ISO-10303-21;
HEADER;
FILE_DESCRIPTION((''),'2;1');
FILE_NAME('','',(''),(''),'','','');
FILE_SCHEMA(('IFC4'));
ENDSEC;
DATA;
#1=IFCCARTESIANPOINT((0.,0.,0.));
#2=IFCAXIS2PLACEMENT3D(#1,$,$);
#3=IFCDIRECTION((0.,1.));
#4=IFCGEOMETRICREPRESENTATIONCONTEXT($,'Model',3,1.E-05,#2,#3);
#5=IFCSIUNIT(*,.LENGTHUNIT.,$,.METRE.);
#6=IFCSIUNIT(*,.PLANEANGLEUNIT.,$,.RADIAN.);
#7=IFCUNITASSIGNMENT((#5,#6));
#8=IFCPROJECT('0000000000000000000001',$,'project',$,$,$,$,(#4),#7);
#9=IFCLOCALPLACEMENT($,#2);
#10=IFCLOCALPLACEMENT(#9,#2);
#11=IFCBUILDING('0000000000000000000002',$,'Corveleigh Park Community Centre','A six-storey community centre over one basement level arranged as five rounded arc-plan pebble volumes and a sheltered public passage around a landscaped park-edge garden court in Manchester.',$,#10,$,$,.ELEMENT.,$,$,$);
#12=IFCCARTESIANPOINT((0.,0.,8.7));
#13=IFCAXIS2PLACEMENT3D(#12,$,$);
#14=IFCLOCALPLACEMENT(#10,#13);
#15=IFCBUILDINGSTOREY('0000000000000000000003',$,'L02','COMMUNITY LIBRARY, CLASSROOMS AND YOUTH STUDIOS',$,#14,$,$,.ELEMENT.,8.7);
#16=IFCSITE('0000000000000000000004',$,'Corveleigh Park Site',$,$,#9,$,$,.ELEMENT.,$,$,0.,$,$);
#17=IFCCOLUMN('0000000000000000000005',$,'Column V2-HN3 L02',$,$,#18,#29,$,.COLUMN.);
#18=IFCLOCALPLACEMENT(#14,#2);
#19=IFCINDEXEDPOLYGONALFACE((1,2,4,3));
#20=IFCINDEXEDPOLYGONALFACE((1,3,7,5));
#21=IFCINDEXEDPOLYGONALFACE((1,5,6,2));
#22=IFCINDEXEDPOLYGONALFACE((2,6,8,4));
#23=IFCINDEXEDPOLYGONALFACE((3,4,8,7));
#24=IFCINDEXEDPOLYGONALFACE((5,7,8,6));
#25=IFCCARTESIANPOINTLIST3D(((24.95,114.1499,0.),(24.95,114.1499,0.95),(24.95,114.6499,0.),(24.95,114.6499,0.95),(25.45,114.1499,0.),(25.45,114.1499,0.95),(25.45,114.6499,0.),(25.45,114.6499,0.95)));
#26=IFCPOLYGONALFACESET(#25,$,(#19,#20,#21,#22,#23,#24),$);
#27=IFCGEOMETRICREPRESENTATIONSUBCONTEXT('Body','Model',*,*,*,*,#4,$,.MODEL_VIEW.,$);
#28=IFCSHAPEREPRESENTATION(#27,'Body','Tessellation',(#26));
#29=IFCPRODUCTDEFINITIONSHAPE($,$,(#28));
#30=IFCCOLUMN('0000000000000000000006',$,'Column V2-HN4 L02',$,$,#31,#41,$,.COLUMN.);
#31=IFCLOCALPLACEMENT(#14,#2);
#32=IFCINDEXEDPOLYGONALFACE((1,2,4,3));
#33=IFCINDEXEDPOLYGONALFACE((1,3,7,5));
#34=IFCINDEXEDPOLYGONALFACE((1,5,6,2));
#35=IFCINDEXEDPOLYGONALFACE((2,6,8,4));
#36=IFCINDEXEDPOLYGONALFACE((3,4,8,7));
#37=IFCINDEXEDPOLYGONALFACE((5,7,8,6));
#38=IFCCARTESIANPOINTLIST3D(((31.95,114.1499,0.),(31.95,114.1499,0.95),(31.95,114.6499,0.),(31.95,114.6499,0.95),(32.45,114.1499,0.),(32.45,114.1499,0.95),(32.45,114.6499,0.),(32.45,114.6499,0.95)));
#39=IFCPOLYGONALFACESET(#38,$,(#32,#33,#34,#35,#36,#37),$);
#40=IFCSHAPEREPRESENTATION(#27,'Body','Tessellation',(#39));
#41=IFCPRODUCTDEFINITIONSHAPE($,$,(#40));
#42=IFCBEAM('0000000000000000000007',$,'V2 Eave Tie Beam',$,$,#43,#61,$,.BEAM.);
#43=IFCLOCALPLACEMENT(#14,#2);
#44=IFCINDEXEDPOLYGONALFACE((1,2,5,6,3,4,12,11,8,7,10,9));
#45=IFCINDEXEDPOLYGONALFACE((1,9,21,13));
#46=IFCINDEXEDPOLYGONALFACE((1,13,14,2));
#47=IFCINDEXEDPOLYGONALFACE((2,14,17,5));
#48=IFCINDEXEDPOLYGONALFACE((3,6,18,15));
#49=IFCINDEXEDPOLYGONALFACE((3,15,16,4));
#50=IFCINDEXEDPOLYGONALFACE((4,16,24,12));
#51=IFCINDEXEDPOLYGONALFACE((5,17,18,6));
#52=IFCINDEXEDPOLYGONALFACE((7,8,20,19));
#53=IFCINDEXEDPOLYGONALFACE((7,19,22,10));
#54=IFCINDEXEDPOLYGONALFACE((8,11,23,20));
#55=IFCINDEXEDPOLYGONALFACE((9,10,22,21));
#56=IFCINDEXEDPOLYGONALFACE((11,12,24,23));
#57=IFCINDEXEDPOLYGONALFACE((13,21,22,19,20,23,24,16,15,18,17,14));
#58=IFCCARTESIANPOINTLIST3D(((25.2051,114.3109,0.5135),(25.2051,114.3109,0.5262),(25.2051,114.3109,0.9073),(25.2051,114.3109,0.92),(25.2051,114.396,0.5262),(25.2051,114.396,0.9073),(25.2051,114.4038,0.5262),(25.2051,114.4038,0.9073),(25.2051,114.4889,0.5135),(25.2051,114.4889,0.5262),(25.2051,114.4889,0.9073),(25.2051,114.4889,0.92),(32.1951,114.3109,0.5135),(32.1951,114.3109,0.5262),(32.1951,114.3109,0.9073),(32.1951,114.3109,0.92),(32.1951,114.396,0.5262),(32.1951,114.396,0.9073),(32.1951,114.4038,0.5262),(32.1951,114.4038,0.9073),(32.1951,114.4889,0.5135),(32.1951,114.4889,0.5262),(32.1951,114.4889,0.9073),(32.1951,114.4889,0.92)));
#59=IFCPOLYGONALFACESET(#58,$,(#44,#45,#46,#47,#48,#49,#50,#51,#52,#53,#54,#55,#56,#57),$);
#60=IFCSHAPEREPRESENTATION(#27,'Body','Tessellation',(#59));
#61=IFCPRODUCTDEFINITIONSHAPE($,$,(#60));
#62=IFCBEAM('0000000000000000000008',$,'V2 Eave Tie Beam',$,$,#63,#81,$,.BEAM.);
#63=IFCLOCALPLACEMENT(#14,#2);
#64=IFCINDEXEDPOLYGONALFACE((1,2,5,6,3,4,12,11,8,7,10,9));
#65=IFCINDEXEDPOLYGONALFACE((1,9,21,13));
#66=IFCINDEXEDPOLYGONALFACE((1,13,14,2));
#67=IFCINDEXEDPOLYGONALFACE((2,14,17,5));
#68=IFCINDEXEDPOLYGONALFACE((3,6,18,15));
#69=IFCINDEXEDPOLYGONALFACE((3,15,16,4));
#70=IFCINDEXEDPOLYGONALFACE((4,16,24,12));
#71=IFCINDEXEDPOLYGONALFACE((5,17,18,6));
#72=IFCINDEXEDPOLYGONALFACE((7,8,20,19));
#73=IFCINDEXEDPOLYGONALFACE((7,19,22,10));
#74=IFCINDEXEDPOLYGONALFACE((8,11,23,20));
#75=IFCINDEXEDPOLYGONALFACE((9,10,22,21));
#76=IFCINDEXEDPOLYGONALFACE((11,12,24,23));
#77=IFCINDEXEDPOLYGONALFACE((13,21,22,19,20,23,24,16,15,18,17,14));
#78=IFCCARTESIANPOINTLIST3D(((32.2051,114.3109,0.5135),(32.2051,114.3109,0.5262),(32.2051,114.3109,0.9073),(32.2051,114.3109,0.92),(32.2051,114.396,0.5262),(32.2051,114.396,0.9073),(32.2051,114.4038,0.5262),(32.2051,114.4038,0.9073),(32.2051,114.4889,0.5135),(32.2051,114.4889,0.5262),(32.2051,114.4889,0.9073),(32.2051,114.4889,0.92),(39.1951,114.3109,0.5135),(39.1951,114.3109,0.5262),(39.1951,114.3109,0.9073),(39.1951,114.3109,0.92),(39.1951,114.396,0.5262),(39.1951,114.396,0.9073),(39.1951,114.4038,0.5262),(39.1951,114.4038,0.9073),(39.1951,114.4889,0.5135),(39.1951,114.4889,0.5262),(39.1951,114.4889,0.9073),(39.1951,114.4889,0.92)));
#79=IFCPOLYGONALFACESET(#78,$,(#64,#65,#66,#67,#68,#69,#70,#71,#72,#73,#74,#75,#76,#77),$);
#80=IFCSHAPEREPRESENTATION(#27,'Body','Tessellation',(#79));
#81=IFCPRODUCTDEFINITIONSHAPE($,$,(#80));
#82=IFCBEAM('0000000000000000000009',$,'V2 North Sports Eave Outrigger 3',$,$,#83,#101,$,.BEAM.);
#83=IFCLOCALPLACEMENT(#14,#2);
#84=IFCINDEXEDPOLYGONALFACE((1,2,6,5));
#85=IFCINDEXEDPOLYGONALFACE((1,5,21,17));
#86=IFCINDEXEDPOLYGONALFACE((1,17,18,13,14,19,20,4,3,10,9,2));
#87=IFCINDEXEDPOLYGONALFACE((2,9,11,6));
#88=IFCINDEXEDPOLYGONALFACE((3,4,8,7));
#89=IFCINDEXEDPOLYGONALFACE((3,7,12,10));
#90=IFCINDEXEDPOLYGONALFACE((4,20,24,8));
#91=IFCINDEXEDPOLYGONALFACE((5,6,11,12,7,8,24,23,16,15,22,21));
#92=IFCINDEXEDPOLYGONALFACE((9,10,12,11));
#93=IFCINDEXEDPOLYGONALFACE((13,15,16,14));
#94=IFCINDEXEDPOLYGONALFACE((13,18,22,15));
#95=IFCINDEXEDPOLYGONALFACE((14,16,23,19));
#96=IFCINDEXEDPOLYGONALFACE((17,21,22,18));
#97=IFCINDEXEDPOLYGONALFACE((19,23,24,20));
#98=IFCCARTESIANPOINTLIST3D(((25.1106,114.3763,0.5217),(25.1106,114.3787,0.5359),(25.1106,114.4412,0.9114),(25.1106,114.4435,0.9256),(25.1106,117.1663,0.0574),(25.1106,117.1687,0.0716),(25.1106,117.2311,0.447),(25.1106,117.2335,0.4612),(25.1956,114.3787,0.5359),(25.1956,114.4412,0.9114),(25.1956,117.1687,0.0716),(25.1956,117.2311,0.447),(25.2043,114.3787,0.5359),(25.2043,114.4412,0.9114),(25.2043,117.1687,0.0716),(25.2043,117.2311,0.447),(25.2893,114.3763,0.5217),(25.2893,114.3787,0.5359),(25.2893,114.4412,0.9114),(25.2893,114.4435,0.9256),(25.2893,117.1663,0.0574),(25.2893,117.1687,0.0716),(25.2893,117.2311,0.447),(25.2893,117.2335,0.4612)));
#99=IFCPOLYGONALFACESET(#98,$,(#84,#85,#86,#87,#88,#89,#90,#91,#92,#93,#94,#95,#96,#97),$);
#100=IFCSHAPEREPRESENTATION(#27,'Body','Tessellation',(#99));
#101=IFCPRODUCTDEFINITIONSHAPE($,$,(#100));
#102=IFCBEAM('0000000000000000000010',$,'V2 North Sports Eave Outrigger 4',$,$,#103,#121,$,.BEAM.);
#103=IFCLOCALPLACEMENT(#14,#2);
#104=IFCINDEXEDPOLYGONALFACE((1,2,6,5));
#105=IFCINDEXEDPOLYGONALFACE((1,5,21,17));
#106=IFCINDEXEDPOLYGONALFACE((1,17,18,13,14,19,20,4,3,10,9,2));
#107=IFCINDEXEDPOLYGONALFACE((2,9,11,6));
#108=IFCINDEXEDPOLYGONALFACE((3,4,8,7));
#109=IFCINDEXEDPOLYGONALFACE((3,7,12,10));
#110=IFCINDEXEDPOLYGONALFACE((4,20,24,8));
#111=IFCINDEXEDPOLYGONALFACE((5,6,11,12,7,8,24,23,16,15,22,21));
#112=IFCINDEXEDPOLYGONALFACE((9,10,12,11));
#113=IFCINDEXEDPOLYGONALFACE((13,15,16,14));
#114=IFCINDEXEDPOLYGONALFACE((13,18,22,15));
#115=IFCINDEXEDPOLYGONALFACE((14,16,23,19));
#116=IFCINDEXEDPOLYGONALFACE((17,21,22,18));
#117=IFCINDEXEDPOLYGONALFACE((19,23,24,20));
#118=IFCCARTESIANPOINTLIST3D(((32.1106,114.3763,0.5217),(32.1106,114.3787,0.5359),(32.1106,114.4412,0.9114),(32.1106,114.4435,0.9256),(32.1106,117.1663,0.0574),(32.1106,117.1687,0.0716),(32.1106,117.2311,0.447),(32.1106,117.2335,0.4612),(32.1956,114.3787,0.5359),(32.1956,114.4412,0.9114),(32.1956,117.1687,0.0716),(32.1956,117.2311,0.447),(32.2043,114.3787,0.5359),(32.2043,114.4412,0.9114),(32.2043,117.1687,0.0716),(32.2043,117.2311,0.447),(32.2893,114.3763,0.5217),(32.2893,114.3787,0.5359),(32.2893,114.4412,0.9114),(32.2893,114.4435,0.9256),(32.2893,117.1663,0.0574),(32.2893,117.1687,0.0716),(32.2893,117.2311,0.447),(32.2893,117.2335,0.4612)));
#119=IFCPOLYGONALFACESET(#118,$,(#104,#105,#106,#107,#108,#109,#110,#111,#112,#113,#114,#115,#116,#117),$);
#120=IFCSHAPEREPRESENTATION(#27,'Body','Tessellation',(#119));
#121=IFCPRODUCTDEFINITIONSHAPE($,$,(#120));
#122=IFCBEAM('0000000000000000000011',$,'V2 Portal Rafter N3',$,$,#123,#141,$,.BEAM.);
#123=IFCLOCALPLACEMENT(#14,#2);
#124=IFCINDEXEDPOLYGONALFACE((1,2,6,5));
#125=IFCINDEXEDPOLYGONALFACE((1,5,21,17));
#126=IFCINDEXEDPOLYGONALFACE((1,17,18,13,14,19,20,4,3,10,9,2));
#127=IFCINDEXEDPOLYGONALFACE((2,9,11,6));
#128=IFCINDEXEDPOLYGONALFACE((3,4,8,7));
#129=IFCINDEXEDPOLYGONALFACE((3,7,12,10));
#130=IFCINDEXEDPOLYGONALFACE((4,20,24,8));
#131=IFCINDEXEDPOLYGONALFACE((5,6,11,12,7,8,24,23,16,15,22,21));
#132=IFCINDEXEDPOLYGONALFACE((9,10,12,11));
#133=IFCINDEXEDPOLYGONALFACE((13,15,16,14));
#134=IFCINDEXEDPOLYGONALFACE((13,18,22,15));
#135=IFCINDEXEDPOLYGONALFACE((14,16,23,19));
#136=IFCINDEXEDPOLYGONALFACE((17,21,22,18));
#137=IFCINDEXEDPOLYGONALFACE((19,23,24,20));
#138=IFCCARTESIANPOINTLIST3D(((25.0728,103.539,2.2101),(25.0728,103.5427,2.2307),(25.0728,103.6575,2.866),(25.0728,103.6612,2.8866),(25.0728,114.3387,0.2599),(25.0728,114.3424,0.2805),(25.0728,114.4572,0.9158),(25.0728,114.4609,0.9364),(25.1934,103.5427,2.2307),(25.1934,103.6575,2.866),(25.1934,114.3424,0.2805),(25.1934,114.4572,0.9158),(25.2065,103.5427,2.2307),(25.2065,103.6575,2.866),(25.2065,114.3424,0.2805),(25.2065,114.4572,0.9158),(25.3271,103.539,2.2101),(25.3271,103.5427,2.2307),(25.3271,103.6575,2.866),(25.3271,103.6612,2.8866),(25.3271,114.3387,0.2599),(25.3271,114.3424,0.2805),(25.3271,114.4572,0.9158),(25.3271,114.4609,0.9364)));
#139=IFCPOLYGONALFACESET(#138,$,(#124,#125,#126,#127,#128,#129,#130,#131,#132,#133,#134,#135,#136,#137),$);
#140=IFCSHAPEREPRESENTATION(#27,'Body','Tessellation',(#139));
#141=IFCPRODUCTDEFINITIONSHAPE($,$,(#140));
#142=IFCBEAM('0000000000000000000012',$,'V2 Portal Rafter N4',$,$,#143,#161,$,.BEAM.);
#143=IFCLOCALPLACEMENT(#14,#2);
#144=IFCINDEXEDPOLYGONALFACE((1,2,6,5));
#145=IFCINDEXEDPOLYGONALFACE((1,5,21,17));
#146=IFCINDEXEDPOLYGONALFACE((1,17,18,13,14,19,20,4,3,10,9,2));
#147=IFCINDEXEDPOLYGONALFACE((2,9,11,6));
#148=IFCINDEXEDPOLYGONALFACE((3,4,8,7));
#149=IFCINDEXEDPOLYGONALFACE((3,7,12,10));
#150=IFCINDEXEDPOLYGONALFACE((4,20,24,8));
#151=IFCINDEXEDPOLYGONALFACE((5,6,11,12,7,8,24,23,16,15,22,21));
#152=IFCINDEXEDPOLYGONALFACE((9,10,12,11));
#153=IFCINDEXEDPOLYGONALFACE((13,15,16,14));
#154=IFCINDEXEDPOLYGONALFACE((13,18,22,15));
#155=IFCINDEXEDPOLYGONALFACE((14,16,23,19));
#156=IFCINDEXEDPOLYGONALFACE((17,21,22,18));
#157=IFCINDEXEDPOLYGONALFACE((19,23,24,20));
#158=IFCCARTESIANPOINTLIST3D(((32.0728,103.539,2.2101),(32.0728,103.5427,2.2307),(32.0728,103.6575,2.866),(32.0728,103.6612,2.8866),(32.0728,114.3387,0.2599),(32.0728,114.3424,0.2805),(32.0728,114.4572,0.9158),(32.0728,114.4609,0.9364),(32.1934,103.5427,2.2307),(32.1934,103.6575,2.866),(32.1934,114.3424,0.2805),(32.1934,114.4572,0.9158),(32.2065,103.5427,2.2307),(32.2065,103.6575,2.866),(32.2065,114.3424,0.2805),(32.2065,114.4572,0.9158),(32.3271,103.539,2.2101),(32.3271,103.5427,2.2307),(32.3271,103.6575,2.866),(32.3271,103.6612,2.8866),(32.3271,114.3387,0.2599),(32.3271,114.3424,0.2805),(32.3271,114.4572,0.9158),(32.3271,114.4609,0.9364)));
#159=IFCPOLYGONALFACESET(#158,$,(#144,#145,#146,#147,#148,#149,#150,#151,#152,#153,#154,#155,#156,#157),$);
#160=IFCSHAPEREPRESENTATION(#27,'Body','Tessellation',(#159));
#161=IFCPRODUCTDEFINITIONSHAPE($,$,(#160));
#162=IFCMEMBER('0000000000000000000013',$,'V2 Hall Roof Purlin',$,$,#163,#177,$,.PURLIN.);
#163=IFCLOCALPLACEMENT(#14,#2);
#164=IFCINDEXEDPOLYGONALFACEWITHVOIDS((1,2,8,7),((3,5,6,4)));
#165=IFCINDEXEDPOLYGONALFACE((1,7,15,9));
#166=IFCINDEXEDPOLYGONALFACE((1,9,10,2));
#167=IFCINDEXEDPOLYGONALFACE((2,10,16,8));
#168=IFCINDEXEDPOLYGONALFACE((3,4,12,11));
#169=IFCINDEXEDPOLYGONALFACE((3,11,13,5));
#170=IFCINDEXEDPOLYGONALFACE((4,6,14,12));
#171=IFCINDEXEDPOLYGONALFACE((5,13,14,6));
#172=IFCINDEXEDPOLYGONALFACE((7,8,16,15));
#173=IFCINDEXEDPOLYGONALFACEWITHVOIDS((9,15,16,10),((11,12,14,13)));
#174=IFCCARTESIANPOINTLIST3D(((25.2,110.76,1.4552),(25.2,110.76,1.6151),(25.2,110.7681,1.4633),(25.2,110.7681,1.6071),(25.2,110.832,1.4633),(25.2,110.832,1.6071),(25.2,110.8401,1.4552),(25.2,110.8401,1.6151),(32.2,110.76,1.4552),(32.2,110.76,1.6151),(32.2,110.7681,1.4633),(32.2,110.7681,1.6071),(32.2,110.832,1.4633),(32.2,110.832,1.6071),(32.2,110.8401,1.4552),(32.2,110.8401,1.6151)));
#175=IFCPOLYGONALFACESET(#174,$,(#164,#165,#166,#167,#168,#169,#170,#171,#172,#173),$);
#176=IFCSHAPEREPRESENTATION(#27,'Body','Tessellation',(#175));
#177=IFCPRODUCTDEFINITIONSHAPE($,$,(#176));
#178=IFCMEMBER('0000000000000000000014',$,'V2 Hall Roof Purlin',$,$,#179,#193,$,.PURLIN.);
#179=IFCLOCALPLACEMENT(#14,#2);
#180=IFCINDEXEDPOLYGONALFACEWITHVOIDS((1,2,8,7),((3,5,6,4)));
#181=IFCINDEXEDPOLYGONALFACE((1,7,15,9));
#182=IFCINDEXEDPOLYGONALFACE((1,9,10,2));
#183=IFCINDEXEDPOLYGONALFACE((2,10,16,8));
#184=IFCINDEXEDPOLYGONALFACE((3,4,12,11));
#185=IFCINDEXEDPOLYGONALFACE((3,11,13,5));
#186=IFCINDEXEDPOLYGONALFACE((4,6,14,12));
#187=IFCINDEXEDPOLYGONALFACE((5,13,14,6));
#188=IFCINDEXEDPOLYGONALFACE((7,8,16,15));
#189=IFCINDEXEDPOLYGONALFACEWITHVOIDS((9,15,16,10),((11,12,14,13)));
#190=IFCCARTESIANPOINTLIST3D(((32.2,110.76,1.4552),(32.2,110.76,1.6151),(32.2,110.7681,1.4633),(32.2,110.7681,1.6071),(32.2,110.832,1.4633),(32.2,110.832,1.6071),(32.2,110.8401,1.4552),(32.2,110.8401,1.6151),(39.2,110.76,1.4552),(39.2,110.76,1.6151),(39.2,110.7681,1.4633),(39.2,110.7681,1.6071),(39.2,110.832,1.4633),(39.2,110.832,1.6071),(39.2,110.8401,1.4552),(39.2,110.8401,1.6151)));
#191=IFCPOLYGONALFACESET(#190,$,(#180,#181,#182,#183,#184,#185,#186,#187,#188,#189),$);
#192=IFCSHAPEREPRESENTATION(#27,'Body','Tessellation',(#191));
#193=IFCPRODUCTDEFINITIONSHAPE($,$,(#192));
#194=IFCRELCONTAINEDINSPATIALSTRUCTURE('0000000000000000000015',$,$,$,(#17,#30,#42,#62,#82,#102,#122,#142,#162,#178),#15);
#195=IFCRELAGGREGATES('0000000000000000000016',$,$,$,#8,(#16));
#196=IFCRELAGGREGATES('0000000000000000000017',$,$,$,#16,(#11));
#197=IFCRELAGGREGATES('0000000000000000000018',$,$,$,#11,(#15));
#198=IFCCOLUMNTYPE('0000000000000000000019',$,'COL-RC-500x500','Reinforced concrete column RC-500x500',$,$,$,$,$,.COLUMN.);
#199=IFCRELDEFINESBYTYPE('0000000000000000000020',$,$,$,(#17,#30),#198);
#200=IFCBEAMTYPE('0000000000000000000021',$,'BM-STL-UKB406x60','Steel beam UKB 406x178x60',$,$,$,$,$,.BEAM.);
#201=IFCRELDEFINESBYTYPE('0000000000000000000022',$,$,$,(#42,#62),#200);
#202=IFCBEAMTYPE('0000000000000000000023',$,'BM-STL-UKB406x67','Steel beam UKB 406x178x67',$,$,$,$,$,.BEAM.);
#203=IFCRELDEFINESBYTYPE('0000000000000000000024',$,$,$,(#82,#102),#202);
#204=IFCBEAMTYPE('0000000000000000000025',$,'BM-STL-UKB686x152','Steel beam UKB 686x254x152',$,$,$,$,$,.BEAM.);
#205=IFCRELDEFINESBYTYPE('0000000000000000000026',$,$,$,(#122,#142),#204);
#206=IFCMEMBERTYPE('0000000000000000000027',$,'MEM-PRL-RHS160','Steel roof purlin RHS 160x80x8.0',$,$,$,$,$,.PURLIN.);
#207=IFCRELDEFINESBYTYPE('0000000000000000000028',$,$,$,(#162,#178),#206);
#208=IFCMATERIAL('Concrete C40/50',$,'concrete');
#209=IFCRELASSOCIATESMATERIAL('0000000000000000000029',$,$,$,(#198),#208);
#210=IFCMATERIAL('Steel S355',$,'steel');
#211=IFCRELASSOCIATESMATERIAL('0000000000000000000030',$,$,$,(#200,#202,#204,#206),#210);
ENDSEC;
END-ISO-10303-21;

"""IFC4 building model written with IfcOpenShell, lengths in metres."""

from ifc_helpers import new_model, si_unit, direction, frame, origin, origin_2d, place, context, subcontext, project, spatial, rectangle, hollow_rectangle, i_section, extrude, material, material_profile, profile_set, type_object, element, save


model = new_model("IFC4")

# Units and contexts
model_context = context("Model", 3, precision=1e-05, world=origin(), true_north=direction((0.0, 1.0)))
body_context = subcontext(model_context, "Body", "Model", "MODEL_VIEW")
ifc_project = project(units=[si_unit("LENGTHUNIT", "METRE"), si_unit("PLANEANGLEUNIT", "RADIAN")], contexts=[model_context])

# Site, building, storey
site_placement = place(None, origin())
site = spatial("IfcSite", under=ifc_project, at=site_placement, Name="Corveleigh Park Site", CompositionType="ELEMENT", RefElevation=0.0)
building_placement = place(site_placement, origin())
building = spatial("IfcBuilding", under=site, at=building_placement, Name="Corveleigh Park Community Centre", Description="A six-storey community centre over one basement level arranged as five rounded arc-plan pebble volumes and a sheltered public passage around a landscaped park-edge garden court in Manchester.", CompositionType="ELEMENT")
storey_placement = place(building_placement, frame((0.0, 0.0, 8.7)))
storey = spatial("IfcBuildingStorey", under=building, at=storey_placement, Name="L02", Description="COMMUNITY LIBRARY, CLASSROOMS AND YOUTH STUDIOS", CompositionType="ELEMENT", Elevation=8.7)

# Columns
ifc_material_1 = material(Name="Concrete C40/50", Category="concrete")
ifc_material_profile_1 = material_profile(ifc_material_1, rectangle(XDim=0.5, YDim=0.5, at=origin_2d()), Name="RC-500x500", Category="concrete")
ifc_profile_set_1 = profile_set([ifc_material_profile_1], Name="Concrete C40/50")
column_type = type_object("IfcColumnType", Name="COL-RC-500x500", Description="Reinforced concrete column RC-500x500", PredefinedType="COLUMN", material=ifc_profile_set_1)
for number, where, z_axis, x_axis, name in (
    (1, (25.2, 114.3999, 0.0), (0.0, 0.0, 1.0), (1.0, 0.0, 0.0), "Column V2-HN3 L02"),
    (2, (32.2, 114.3999, 0.0), (0.0, 0.0, 1.0), (1.0, 0.0, 0.0), "Column V2-HN4 L02"),
):
    element("IfcColumn", number, at=place(storey_placement, frame(where, z_axis=z_axis, x_axis=x_axis)), inside=storey, type_object=column_type, Name=name, PredefinedType="COLUMN", context=body_context, shape_type="SweptSolid", body=[
        extrude(rectangle(XDim=0.5, YDim=0.5, at=origin_2d()), origin(), (0.0, 0.0, 1.0), 0.95),
    ])

# Beams
ifc_material_2 = material(Name="Steel S355", Category="steel")
ifc_material_profile_2 = material_profile(ifc_material_2, i_section(OverallWidth=0.178, OverallDepth=0.4065, WebThickness=0.0078, FlangeThickness=0.0127, at=origin_2d()), Name="UKB 406x178x60", Category="steel")
ifc_profile_set_2 = profile_set([ifc_material_profile_2], Name="Steel S355")
beam_type_1 = type_object("IfcBeamType", Name="BM-STL-UKB406x60", Description="Steel beam UKB 406x178x60", PredefinedType="BEAM", material=ifc_profile_set_2)
for number, where, z_axis, x_axis, name in (
    (3, (25.2051, 114.3999, 0.7168), (1.0, 0.0, 0.0), (0.0, 1.0, 0.0), "V2 Eave Tie Beam"),
    (4, (32.2051, 114.3999, 0.7168), (1.0, 0.0, 0.0), (0.0, 1.0, 0.0), "V2 Eave Tie Beam"),
):
    element("IfcBeam", number, at=place(storey_placement, frame(where, z_axis=z_axis, x_axis=x_axis)), inside=storey, type_object=beam_type_1, Name=name, PredefinedType="BEAM", context=body_context, shape_type="SweptSolid", body=[
        extrude(i_section(OverallWidth=0.178, OverallDepth=0.4065, WebThickness=0.0078, FlangeThickness=0.0127, at=origin_2d()), origin(), (0.0, 0.0, 1.0), 6.99),
    ])
ifc_material_profile_3 = material_profile(ifc_material_2, i_section(OverallWidth=0.1787, OverallDepth=0.4094, WebThickness=0.0088, FlangeThickness=0.0144, at=origin_2d()), Name="UKB 406x178x67", Category="steel")
ifc_profile_set_3 = profile_set([ifc_material_profile_3], Name="Steel S355")
beam_type_2 = type_object("IfcBeamType", Name="BM-STL-UKB406x67", Description="Steel beam UKB 406x178x67", PredefinedType="BEAM", material=ifc_profile_set_3)
for number, where, z_axis, x_axis, name in (
    (5, (25.2, 114.4099, 0.7236), (0.0, 0.986431, -0.164175), (-1.0, 0.0, 0.0), "V2 North Sports Eave Outrigger 3"),
    (6, (32.2, 114.4099, 0.7236), (0.0, 0.986431, -0.164175), (-1.0, 0.0, 0.0), "V2 North Sports Eave Outrigger 4"),
):
    element("IfcBeam", number, at=place(storey_placement, frame(where, z_axis=z_axis, x_axis=x_axis)), inside=storey, type_object=beam_type_2, Name=name, PredefinedType="BEAM", context=body_context, shape_type="SweptSolid", body=[
        extrude(i_section(OverallWidth=0.1787, OverallDepth=0.4094, WebThickness=0.0088, FlangeThickness=0.0144, at=origin_2d()), origin(), (0.0, 0.0, 1.0), 2.8284),
    ])
ifc_material_profile_4 = material_profile(ifc_material_2, i_section(OverallWidth=0.2544, OverallDepth=0.6875, WebThickness=0.0132, FlangeThickness=0.021, at=origin_2d()), Name="UKB 686x254x152", Category="steel")
ifc_profile_set_4 = profile_set([ifc_material_profile_4], Name="Steel S355")
beam_type_3 = type_object("IfcBeamType", Name="BM-STL-UKB686x152", Description="Steel beam UKB 686x254x152", PredefinedType="BEAM", material=ifc_profile_set_4)
for number, where, z_axis, x_axis, name in (
    (7, (25.2, 103.6001, 2.5483), (0.0, 0.984084, -0.177703), (-1.0, 0.0, 0.0), "V2 Portal Rafter N3"),
    (8, (32.2, 103.6001, 2.5483), (0.0, 0.984084, -0.177703), (-1.0, 0.0, 0.0), "V2 Portal Rafter N4"),
):
    element("IfcBeam", number, at=place(storey_placement, frame(where, z_axis=z_axis, x_axis=x_axis)), inside=storey, type_object=beam_type_3, Name=name, PredefinedType="BEAM", context=body_context, shape_type="SweptSolid", body=[
        extrude(i_section(OverallWidth=0.2544, OverallDepth=0.6875, WebThickness=0.0132, FlangeThickness=0.021, at=origin_2d()), origin(), (0.0, 0.0, 1.0), 10.9744),
    ])

# Members
ifc_material_profile_5 = material_profile(ifc_material_2, hollow_rectangle(XDim=0.0801, YDim=0.1599, WallThickness=0.0081, at=origin_2d()), Name="RHS 160x80x8.0", Category="steel")
ifc_profile_set_5 = profile_set([ifc_material_profile_5], Name="Steel S355")
member_type_1 = type_object("IfcMemberType", Name="MEM-PRL-RHS160", Description="Steel roof purlin RHS 160x80x8.0", PredefinedType="PURLIN", material=ifc_profile_set_5)
for number, where, z_axis, x_axis, name in (
    (9, (25.2, 110.8, 1.5352), (1.0, 0.0, 0.0), (0.0, 1.0, 0.0), "V2 Hall Roof Purlin"),
    (10, (32.2, 110.8, 1.5352), (1.0, 0.0, 0.0), (0.0, 1.0, 0.0), "V2 Hall Roof Purlin"),
):
    element("IfcMember", number, at=place(storey_placement, frame(where, z_axis=z_axis, x_axis=x_axis)), inside=storey, type_object=member_type_1, Name=name, PredefinedType="PURLIN", context=body_context, shape_type="SweptSolid", body=[
        extrude(hollow_rectangle(XDim=0.0801, YDim=0.1599, WallThickness=0.0081, at=origin_2d()), origin(), (0.0, 0.0, 1.0), 7.0),
    ])

save(model, "model.ifc")
